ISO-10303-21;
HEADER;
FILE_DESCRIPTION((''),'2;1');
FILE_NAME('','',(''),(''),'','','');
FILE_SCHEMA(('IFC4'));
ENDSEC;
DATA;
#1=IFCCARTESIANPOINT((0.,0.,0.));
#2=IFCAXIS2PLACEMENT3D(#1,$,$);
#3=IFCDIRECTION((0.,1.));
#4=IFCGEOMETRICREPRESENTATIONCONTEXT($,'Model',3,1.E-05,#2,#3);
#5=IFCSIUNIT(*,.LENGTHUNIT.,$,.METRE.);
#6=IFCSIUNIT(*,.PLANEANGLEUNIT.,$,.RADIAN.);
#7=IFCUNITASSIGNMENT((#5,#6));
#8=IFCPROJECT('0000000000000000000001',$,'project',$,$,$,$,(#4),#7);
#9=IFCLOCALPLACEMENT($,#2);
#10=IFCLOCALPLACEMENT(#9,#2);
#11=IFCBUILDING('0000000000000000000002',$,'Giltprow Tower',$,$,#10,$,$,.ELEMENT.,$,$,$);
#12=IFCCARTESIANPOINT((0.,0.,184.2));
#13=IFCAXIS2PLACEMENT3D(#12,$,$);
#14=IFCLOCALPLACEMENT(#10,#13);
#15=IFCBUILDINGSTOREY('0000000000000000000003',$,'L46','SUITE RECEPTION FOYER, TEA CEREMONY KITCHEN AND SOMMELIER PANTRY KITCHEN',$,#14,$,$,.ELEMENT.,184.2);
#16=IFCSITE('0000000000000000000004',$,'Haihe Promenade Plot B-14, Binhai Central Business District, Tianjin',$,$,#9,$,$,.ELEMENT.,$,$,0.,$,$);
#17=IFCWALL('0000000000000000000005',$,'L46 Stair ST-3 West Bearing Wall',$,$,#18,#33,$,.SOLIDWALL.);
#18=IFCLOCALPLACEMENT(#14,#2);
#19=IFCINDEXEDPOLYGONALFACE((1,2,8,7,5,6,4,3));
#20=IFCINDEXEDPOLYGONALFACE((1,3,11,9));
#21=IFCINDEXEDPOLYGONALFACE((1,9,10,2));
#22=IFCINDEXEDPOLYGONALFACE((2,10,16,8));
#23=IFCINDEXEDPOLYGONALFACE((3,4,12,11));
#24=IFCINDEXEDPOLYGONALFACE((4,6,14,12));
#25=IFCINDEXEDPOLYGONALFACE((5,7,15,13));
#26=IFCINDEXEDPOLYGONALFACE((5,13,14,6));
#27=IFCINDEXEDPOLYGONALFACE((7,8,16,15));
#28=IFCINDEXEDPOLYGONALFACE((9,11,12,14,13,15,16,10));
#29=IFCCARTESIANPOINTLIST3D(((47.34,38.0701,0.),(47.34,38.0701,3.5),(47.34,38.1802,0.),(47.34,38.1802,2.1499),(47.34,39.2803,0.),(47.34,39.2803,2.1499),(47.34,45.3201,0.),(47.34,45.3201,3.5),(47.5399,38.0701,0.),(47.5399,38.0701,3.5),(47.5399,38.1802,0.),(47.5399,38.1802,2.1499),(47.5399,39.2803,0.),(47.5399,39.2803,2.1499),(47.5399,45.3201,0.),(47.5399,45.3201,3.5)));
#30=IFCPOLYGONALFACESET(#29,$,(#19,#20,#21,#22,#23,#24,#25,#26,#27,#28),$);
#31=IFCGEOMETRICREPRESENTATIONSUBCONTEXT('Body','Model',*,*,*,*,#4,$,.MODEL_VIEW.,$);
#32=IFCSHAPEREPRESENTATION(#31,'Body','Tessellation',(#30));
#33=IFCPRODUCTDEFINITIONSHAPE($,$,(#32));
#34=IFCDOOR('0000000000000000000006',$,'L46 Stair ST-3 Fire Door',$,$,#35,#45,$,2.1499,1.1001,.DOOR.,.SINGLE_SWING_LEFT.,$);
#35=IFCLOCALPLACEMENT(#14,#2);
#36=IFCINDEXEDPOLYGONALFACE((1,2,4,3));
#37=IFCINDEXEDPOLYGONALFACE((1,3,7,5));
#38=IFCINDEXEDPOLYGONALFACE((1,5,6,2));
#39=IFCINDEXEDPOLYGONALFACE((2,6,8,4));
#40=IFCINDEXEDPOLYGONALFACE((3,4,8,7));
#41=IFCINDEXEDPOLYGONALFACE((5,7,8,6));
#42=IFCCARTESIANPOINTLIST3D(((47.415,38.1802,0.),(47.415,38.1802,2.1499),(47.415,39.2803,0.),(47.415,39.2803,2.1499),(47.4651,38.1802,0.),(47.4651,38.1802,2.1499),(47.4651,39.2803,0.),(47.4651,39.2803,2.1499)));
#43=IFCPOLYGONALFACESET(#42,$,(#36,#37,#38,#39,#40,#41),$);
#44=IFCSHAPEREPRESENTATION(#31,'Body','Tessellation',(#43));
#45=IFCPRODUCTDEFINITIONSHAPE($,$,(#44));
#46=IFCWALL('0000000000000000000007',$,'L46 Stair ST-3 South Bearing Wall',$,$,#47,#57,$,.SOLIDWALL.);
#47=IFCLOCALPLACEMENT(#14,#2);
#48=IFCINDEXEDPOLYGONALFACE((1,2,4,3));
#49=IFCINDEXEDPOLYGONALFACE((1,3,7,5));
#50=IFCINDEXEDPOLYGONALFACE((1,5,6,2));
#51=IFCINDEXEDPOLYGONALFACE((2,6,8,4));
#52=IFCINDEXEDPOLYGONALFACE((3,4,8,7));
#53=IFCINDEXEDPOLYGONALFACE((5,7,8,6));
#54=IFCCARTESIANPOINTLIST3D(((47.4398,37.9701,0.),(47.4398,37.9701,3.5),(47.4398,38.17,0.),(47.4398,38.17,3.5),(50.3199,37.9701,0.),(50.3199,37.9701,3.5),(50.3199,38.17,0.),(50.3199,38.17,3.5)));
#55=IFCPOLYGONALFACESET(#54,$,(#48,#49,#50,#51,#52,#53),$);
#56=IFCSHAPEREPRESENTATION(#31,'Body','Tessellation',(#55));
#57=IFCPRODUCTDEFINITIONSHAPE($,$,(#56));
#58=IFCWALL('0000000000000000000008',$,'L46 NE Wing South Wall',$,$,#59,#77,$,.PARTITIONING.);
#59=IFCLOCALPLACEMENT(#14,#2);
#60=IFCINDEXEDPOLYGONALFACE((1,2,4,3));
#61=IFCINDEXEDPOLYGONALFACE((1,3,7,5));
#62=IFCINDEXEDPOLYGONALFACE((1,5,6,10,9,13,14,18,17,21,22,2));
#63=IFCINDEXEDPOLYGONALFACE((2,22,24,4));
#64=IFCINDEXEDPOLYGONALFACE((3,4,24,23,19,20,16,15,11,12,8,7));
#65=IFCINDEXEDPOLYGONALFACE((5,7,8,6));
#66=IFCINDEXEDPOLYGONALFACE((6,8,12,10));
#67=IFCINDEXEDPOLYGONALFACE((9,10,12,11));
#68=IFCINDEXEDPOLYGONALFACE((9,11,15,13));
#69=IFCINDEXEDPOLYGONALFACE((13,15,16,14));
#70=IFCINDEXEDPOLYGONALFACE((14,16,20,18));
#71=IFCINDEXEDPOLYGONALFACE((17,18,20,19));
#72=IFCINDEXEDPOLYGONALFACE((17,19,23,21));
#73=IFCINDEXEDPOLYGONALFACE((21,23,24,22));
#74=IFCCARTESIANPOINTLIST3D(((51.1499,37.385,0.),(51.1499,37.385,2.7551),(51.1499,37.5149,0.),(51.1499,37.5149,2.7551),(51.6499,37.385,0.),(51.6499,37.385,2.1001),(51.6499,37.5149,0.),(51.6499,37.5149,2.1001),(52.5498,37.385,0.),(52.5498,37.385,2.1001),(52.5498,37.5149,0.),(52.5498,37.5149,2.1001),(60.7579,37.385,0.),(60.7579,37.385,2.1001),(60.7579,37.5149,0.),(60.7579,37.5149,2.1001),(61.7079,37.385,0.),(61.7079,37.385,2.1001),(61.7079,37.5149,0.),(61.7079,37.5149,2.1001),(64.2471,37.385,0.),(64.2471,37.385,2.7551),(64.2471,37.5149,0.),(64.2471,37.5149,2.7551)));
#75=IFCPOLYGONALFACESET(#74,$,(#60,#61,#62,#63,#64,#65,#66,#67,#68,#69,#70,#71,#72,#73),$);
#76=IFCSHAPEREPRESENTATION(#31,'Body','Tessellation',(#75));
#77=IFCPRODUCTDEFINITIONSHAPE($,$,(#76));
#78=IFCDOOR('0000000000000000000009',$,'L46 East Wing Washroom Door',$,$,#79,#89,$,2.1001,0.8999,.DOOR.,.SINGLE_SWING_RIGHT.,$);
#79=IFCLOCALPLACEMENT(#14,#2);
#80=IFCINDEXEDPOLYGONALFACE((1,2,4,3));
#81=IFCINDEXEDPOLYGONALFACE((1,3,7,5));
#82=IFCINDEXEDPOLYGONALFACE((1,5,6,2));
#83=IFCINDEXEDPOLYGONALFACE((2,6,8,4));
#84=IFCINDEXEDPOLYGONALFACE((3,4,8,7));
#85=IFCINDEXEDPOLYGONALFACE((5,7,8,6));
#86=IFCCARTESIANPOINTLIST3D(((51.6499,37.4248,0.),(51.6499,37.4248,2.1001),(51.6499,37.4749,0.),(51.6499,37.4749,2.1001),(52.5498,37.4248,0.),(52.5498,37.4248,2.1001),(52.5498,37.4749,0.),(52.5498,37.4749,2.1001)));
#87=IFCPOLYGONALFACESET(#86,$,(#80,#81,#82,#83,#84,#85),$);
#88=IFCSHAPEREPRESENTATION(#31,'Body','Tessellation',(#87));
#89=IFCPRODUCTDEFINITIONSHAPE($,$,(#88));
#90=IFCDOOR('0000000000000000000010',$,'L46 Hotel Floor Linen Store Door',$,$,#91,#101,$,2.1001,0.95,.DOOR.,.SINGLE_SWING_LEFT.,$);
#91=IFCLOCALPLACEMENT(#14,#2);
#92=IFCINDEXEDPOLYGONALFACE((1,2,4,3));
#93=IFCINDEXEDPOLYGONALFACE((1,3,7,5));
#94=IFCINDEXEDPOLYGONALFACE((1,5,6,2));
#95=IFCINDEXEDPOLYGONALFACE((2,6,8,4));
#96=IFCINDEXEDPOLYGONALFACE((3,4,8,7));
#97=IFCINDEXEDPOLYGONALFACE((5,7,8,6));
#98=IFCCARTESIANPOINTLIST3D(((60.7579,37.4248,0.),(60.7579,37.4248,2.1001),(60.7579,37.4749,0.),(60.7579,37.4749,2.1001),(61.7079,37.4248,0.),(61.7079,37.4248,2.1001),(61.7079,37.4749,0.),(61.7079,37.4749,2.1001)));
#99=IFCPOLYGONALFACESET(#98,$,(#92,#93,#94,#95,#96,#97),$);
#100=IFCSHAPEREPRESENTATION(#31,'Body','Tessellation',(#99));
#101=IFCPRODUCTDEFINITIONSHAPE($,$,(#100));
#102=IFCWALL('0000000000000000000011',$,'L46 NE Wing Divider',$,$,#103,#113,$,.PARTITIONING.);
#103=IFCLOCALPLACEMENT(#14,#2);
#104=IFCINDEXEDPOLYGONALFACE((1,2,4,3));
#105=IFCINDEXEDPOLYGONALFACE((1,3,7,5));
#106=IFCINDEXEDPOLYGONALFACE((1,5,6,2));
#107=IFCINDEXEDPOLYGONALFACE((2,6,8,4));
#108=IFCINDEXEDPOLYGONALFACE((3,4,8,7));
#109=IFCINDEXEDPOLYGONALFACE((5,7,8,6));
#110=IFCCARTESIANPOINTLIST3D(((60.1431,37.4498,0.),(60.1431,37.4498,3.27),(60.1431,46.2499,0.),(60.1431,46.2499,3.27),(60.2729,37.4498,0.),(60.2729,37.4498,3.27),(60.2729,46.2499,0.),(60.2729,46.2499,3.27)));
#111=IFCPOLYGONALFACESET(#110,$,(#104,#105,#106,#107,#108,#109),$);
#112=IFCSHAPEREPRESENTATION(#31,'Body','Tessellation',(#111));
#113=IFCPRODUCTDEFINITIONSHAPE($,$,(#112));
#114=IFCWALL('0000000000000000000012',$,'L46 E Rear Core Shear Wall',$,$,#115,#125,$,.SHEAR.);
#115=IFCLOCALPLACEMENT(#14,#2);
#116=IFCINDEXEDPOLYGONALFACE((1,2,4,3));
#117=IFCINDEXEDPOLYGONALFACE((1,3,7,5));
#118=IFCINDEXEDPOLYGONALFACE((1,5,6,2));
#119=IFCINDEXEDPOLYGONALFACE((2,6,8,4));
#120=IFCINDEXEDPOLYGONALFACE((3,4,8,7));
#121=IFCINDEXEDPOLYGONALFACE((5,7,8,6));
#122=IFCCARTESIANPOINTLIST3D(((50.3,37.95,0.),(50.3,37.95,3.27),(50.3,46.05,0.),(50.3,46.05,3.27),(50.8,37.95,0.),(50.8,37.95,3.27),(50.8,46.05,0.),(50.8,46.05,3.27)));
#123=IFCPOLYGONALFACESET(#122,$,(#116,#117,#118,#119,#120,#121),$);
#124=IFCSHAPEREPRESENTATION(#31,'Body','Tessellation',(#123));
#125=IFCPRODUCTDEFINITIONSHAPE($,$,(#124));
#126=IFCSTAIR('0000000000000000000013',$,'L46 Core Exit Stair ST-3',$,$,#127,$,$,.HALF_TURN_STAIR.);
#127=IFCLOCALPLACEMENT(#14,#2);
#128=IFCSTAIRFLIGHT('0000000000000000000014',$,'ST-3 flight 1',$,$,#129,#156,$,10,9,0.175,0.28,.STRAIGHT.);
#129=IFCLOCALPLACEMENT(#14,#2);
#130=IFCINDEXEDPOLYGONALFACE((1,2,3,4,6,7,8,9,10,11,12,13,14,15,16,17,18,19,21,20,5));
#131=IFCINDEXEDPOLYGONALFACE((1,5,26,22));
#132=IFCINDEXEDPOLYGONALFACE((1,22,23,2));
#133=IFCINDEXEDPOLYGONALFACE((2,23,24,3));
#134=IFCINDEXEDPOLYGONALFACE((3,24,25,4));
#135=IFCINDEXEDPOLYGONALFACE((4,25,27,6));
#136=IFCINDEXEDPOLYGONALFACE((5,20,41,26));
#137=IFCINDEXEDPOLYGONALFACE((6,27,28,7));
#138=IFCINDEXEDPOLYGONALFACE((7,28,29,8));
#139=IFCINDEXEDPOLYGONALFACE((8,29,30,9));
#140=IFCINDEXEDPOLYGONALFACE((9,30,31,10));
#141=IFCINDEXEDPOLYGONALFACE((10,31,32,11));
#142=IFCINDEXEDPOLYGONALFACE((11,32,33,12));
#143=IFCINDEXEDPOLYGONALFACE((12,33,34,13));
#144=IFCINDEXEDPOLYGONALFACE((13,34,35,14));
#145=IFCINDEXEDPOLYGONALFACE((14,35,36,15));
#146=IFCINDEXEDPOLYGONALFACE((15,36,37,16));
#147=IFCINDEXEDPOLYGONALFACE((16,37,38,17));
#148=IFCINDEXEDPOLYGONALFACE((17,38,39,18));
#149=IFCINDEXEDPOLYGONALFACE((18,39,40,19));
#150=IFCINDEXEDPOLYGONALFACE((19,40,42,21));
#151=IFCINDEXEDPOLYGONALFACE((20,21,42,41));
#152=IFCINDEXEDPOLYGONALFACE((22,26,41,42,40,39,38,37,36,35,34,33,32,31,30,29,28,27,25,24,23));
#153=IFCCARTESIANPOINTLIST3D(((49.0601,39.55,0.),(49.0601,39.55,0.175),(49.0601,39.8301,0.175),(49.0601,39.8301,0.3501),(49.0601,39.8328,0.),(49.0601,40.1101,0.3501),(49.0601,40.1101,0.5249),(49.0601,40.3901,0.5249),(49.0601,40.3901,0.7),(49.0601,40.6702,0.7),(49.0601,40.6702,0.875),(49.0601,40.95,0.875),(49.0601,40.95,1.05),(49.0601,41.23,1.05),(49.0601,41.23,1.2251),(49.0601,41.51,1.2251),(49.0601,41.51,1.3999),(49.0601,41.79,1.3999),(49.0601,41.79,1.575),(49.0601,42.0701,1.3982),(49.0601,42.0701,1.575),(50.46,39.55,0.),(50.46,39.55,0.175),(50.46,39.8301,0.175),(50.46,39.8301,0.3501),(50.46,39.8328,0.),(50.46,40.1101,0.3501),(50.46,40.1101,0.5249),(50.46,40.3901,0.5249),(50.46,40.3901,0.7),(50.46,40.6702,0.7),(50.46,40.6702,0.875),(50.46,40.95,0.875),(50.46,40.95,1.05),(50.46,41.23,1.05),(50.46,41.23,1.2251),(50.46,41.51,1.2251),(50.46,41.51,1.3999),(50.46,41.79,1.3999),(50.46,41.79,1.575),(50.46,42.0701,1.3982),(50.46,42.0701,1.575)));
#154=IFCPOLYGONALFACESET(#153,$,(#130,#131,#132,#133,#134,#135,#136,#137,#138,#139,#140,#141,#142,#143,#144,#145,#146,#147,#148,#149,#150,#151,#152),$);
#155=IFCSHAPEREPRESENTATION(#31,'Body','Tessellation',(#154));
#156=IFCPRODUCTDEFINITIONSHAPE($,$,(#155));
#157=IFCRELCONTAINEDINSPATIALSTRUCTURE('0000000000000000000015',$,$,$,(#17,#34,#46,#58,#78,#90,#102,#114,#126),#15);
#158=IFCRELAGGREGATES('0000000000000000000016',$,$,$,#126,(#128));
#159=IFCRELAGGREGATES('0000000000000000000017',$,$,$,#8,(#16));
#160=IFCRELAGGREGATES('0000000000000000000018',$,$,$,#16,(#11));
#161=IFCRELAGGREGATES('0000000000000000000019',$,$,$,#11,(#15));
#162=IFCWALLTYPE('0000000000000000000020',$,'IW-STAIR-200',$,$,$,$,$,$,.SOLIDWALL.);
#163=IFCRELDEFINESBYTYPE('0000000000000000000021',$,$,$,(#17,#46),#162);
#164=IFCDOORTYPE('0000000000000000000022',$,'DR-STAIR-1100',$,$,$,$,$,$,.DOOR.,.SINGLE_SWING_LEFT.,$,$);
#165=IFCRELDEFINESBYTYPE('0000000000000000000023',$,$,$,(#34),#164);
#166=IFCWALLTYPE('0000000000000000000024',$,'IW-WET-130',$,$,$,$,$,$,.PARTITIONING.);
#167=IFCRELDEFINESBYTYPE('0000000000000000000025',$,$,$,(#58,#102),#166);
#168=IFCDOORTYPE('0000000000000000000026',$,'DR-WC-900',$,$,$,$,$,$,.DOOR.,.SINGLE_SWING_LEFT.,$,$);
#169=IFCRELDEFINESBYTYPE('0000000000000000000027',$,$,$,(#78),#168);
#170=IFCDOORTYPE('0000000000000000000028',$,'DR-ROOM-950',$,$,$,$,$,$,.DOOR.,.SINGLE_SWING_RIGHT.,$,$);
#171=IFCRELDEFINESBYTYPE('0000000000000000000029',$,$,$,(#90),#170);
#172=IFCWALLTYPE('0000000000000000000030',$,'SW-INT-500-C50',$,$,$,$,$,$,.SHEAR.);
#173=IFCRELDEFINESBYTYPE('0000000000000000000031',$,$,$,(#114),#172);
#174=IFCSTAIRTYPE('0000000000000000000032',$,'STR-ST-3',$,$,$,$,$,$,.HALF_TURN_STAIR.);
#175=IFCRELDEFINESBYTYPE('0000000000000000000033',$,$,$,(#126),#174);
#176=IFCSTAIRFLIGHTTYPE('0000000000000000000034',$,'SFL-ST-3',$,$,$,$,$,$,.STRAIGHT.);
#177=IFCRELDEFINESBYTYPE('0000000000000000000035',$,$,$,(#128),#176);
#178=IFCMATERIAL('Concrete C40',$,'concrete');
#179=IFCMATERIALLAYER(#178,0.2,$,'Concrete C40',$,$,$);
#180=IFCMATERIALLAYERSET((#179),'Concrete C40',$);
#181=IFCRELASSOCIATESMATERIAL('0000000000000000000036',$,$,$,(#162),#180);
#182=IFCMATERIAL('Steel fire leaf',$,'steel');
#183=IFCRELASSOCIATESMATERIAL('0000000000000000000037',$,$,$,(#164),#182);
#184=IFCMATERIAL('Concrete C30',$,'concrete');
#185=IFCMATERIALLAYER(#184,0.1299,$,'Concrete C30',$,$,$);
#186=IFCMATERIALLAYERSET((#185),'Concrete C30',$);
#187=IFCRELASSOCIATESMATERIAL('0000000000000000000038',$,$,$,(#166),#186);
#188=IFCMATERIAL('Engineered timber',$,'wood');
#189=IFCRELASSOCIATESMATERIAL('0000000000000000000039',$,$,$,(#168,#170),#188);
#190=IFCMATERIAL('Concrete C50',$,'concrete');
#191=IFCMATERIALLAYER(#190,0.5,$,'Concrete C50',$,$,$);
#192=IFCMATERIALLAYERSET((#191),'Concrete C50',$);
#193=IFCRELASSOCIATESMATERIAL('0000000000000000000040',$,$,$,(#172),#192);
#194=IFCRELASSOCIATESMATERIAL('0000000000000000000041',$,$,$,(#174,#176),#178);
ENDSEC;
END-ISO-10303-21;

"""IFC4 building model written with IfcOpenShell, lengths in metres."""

from ifc_helpers import new_model, si_unit, direction, frame, frame_2d, origin, place, context, subcontext, project, spatial, polyline, rectangle, outline, extrude, source, transform, mapped, material, layer, layer_set, type_object, element, fill, aggregate, save


model = new_model("IFC4")

# Units and contexts
model_context = context("Model", 3, precision=1e-05, world=origin(), true_north=direction((0.0, 1.0)))
body_context = subcontext(model_context, "Body", "Model", "MODEL_VIEW")
ifc_project = project(units=[si_unit("LENGTHUNIT", "METRE"), si_unit("PLANEANGLEUNIT", "RADIAN")], contexts=[model_context])

# Site, building, storey
site_placement = place(None, origin())
site = spatial("IfcSite", under=ifc_project, at=site_placement, Name="Haihe Promenade Plot B-14, Binhai Central Business District, Tianjin", CompositionType="ELEMENT", RefElevation=0.0)
building_placement = place(site_placement, origin())
building = spatial("IfcBuilding", under=site, at=building_placement, Name="Giltprow Tower", CompositionType="ELEMENT")
storey_placement = place(building_placement, frame((0.0, 0.0, 184.2)))
storey = spatial("IfcBuildingStorey", under=building, at=storey_placement, Name="L46", Description="SUITE RECEPTION FOYER, TEA CEREMONY KITCHEN AND SOMMELIER PANTRY KITCHEN", CompositionType="ELEMENT", Elevation=184.2)

# Shared definitions
ifc_material_1 = material(Name="Concrete C50", Category="concrete")

# Wall, opening, door
ifc_material_2 = material(Name="Concrete C40", Category="concrete")
ifc_layer_1 = layer(ifc_material_2, 0.2, Name="Concrete C40")
ifc_layer_set_1 = layer_set([ifc_layer_1], Name="Concrete C40")
wall_type_1 = type_object("IfcWallType", Name="IW-STAIR-200", PredefinedType="SOLIDWALL", material=ifc_layer_set_1)
wall_1_placement = place(storey_placement, frame((47.4399, 38.0701, 0.0), z_axis=(0.0, 0.0, 1.0), x_axis=(0.0, 1.0, 0.0)))
wall_1 = element("IfcWall", 1, at=wall_1_placement, inside=storey, type_object=wall_type_1, Name="L46 Stair ST-3 West Bearing Wall", PredefinedType="SOLIDWALL", context=body_context, shape_type="SweptSolid", body=[
    extrude(rectangle(XDim=7.25, YDim=0.2, at=frame_2d((3.625, 0.0))), origin(), (0.0, 0.0, 1.0), 3.5),
])
opening_1_placement = place(wall_1_placement, frame((0.1101, 0.0, 0.0)))
opening_1 = element("IfcOpeningElement", 2, at=opening_1_placement, cuts=wall_1, PredefinedType="OPENING", context=body_context, shape_type="SweptSolid", body=[
    extrude(rectangle(XDim=1.1001, YDim=2.1499, at=frame_2d((0.55, 1.075))), frame((0.0, 0.1099, 0.0), z_axis=(0.0, -1.0, 0.0), x_axis=(1.0, 0.0, 0.0)), (0.0, 0.0, 1.0), 0.22),
])
ifc_material_3 = material(Name="Steel fire leaf", Category="steel")
door_type_1 = type_object("IfcDoorType", Name="DR-STAIR-1100", OperationType="SINGLE_SWING_LEFT", PredefinedType="DOOR", material=ifc_material_3)
shared_shape_1 = source(origin(), body_context, "Body", "SweptSolid", [
    extrude(rectangle(XDim=1.1001, YDim=2.1499, at=frame_2d((0.55, 1.075))), frame((0.0, 0.0249, 0.0), z_axis=(0.0, -1.0, 0.0), x_axis=(1.0, 0.0, 0.0)), (0.0, 0.0, 1.0), 0.05),
])
door_1_placement = place(opening_1_placement, origin())
door_1 = element("IfcDoor", 3, at=door_1_placement, inside=storey, type_object=door_type_1, Name="L46 Stair ST-3 Fire Door", OperationType="SINGLE_SWING_LEFT", OverallHeight=2.1499, OverallWidth=1.1001, PredefinedType="DOOR", context=body_context, shape_type="MappedRepresentation", body=[
    mapped(shared_shape_1, transform((0.0, 0.0, 0.0), x_axis=(1.0, 0.0, 0.0), y_axis=(0.0, 1.0, 0.0), z_axis=(0.0, 0.0, 1.0), scale=1.0)),
])
fill(opening_1, door_1)

# Wall
wall_2_placement = place(storey_placement, frame((47.4399, 38.0701, 0.0), z_axis=(0.0, 0.0, 1.0), x_axis=(1.0, 0.0, 0.0)))
element("IfcWall", 4, at=wall_2_placement, inside=storey, type_object=wall_type_1, Name="L46 Stair ST-3 South Bearing Wall", PredefinedType="SOLIDWALL", context=body_context, shape_type="SweptSolid", body=[
    extrude(rectangle(XDim=2.8801, YDim=0.2, at=frame_2d((1.4399, 0.0))), origin(), (0.0, 0.0, 1.0), 3.5),
])

# Wall, openings, doors
ifc_material_4 = material(Name="Concrete C30", Category="concrete")
ifc_layer_2 = layer(ifc_material_4, 0.1299, Name="Concrete C30")
ifc_layer_set_2 = layer_set([ifc_layer_2], Name="Concrete C30")
wall_type_2 = type_object("IfcWallType", Name="IW-WET-130", PredefinedType="PARTITIONING", material=ifc_layer_set_2)
wall_3_placement = place(storey_placement, frame((51.1499, 37.45, 0.0), z_axis=(0.0, 0.0, 1.0), x_axis=(1.0, 0.0, 0.0)))
wall_3 = element("IfcWall", 5, at=wall_3_placement, inside=storey, type_object=wall_type_2, Name="L46 NE Wing South Wall", PredefinedType="PARTITIONING", context=body_context, shape_type="SweptSolid", body=[
    extrude(rectangle(XDim=13.0972, YDim=0.1299, at=frame_2d((6.5486, 0.0))), origin(), (0.0, 0.0, 1.0), 2.7551),
])
opening_2_placement = place(wall_3_placement, frame((0.5, 0.0, 0.0)))
opening_2 = element("IfcOpeningElement", 6, at=opening_2_placement, cuts=wall_3, PredefinedType="OPENING", context=body_context, shape_type="SweptSolid", body=[
    extrude(rectangle(XDim=0.8999, YDim=2.1001, at=frame_2d((0.45, 1.05))), frame((0.0, 0.075, 0.0), z_axis=(0.0, -1.0, 0.0), x_axis=(1.0, 0.0, 0.0)), (0.0, 0.0, 1.0), 0.1499),
])
opening_3_placement = place(wall_3_placement, frame((9.6079, 0.0, 0.0)))
opening_3 = element("IfcOpeningElement", 7, at=opening_3_placement, cuts=wall_3, PredefinedType="OPENING", context=body_context, shape_type="SweptSolid", body=[
    extrude(rectangle(XDim=0.95, YDim=2.1001, at=frame_2d((0.4751, 1.05))), frame((0.0, 0.075, 0.0), z_axis=(0.0, -1.0, 0.0), x_axis=(1.0, 0.0, 0.0)), (0.0, 0.0, 1.0), 0.1499),
])
ifc_material_5 = material(Name="Engineered timber", Category="wood")
door_type_2 = type_object("IfcDoorType", Name="DR-WC-900", OperationType="SINGLE_SWING_LEFT", PredefinedType="DOOR", material=ifc_material_5)
shared_shape_2 = source(origin(), body_context, "Body", "SweptSolid", [
    extrude(rectangle(XDim=0.8999, YDim=2.1001, at=frame_2d((0.45, 1.05))), frame((0.0, 0.0249, 0.0), z_axis=(0.0, -1.0, 0.0), x_axis=(1.0, 0.0, 0.0)), (0.0, 0.0, 1.0), 0.05),
])
door_2_placement = place(opening_2_placement, origin())
door_2 = element("IfcDoor", 8, at=door_2_placement, inside=storey, type_object=door_type_2, Name="L46 East Wing Washroom Door", OperationType="SINGLE_SWING_RIGHT", OverallHeight=2.1001, OverallWidth=0.8999, PredefinedType="DOOR", context=body_context, shape_type="MappedRepresentation", body=[
    mapped(shared_shape_2, transform((0.0, 0.0, 0.0), x_axis=(1.0, 0.0, 0.0), y_axis=(0.0, 1.0, 0.0), z_axis=(0.0, 0.0, 1.0), scale=1.0)),
])
fill(opening_2, door_2)
door_type_3 = type_object("IfcDoorType", Name="DR-ROOM-950", OperationType="SINGLE_SWING_RIGHT", PredefinedType="DOOR", material=ifc_material_5)
shared_shape_3 = source(origin(), body_context, "Body", "SweptSolid", [
    extrude(rectangle(XDim=0.95, YDim=2.1001, at=frame_2d((0.4751, 1.05))), frame((0.0, 0.0249, 0.0), z_axis=(0.0, -1.0, 0.0), x_axis=(1.0, 0.0, 0.0)), (0.0, 0.0, 1.0), 0.05),
])
door_3_placement = place(opening_3_placement, origin())
door_3 = element("IfcDoor", 9, at=door_3_placement, inside=storey, type_object=door_type_3, Name="L46 Hotel Floor Linen Store Door", OperationType="SINGLE_SWING_LEFT", OverallHeight=2.1001, OverallWidth=0.95, PredefinedType="DOOR", context=body_context, shape_type="MappedRepresentation", body=[
    mapped(shared_shape_3, transform((0.0, 0.0, 0.0), x_axis=(1.0, 0.0, 0.0), y_axis=(0.0, 1.0, 0.0), z_axis=(0.0, 0.0, 1.0), scale=1.0)),
])
fill(opening_3, door_3)

# Walls
wall_4_placement = place(storey_placement, frame((60.208, 37.45, 0.0), z_axis=(0.0, 0.0, 1.0), x_axis=(0.0, 1.0, 0.0)))
element("IfcWall", 10, at=wall_4_placement, inside=storey, type_object=wall_type_2, Name="L46 NE Wing Divider", PredefinedType="PARTITIONING", context=body_context, shape_type="SweptSolid", body=[
    extrude(rectangle(XDim=8.8, YDim=0.1299, at=frame_2d((4.3999, 0.0))), origin(), (0.0, 0.0, 1.0), 3.27),
])
ifc_layer_3 = layer(ifc_material_1, 0.5, Name="Concrete C50")
ifc_layer_set_3 = layer_set([ifc_layer_3], Name="Concrete C50")
wall_type_3 = type_object("IfcWallType", Name="SW-INT-500-C50", PredefinedType="SHEAR", material=ifc_layer_set_3)
wall_5_placement = place(storey_placement, frame((50.55, 37.95, 0.0), z_axis=(0.0, 0.0, 1.0), x_axis=(0.0, 1.0, 0.0)))
element("IfcWall", 11, at=wall_5_placement, inside=storey, type_object=wall_type_3, Name="L46 E Rear Core Shear Wall", PredefinedType="SHEAR", context=body_context, shape_type="SweptSolid", body=[
    extrude(rectangle(XDim=8.1001, YDim=0.5, at=frame_2d((4.05, 0.0))), origin(), (0.0, 0.0, 1.0), 3.27),
])

# Stair, stair flight
stair_type = type_object("IfcStairType", Name="STR-ST-3", PredefinedType="HALF_TURN_STAIR", material=ifc_material_2)
stair_placement = place(storey_placement, origin())
stair = element("IfcStair", 12, at=stair_placement, inside=storey, type_object=stair_type, Name="L46 Core Exit Stair ST-3", PredefinedType="HALF_TURN_STAIR")
stair_flight_type = type_object("IfcStairFlightType", Name="SFL-ST-3", PredefinedType="STRAIGHT", material=ifc_material_2)
stair_flight_placement = place(storey_placement, frame((49.76, 39.55, 0.0), z_axis=(0.0, 0.0, 1.0), x_axis=(0.0, 1.0, 0.0)))
stair_flight = element("IfcStairFlight", 13, at=stair_flight_placement, type_object=stair_flight_type, Name="ST-3 flight 1", NumberOfRisers=10, NumberOfTreads=9, PredefinedType="STRAIGHT", RiserHeight=0.175, TreadLength=0.28, context=body_context, shape_type="SweptSolid", body=[
    extrude(outline(polyline([(0.0, 0.0), (0.0, 0.175), (0.28, 0.175), (0.28, 0.3501), (0.5601, 0.3501), (0.5601, 0.5249), (0.8401, 0.5249), (0.8401, 0.7), (1.1201, 0.7), (1.1201, 0.875), (1.3999, 0.875), (1.3999, 1.05), (1.6799, 1.05), (1.6799, 1.2251), (1.96, 1.2251), (1.96, 1.3999), (2.24, 1.3999), (2.24, 1.575), (2.52, 1.575), (2.52, 1.75), (2.52, 1.3982), (0.2827, 0.0), (0.0, 0.0)])), frame((0.0, 0.7, 0.0), z_axis=(0.0, -1.0, 0.0), x_axis=(1.0, 0.0, 0.0)), (0.0, 0.0, 1.0), 1.3999),
])
aggregate(stair, [stair_flight])

save(model, "model.ifc")
